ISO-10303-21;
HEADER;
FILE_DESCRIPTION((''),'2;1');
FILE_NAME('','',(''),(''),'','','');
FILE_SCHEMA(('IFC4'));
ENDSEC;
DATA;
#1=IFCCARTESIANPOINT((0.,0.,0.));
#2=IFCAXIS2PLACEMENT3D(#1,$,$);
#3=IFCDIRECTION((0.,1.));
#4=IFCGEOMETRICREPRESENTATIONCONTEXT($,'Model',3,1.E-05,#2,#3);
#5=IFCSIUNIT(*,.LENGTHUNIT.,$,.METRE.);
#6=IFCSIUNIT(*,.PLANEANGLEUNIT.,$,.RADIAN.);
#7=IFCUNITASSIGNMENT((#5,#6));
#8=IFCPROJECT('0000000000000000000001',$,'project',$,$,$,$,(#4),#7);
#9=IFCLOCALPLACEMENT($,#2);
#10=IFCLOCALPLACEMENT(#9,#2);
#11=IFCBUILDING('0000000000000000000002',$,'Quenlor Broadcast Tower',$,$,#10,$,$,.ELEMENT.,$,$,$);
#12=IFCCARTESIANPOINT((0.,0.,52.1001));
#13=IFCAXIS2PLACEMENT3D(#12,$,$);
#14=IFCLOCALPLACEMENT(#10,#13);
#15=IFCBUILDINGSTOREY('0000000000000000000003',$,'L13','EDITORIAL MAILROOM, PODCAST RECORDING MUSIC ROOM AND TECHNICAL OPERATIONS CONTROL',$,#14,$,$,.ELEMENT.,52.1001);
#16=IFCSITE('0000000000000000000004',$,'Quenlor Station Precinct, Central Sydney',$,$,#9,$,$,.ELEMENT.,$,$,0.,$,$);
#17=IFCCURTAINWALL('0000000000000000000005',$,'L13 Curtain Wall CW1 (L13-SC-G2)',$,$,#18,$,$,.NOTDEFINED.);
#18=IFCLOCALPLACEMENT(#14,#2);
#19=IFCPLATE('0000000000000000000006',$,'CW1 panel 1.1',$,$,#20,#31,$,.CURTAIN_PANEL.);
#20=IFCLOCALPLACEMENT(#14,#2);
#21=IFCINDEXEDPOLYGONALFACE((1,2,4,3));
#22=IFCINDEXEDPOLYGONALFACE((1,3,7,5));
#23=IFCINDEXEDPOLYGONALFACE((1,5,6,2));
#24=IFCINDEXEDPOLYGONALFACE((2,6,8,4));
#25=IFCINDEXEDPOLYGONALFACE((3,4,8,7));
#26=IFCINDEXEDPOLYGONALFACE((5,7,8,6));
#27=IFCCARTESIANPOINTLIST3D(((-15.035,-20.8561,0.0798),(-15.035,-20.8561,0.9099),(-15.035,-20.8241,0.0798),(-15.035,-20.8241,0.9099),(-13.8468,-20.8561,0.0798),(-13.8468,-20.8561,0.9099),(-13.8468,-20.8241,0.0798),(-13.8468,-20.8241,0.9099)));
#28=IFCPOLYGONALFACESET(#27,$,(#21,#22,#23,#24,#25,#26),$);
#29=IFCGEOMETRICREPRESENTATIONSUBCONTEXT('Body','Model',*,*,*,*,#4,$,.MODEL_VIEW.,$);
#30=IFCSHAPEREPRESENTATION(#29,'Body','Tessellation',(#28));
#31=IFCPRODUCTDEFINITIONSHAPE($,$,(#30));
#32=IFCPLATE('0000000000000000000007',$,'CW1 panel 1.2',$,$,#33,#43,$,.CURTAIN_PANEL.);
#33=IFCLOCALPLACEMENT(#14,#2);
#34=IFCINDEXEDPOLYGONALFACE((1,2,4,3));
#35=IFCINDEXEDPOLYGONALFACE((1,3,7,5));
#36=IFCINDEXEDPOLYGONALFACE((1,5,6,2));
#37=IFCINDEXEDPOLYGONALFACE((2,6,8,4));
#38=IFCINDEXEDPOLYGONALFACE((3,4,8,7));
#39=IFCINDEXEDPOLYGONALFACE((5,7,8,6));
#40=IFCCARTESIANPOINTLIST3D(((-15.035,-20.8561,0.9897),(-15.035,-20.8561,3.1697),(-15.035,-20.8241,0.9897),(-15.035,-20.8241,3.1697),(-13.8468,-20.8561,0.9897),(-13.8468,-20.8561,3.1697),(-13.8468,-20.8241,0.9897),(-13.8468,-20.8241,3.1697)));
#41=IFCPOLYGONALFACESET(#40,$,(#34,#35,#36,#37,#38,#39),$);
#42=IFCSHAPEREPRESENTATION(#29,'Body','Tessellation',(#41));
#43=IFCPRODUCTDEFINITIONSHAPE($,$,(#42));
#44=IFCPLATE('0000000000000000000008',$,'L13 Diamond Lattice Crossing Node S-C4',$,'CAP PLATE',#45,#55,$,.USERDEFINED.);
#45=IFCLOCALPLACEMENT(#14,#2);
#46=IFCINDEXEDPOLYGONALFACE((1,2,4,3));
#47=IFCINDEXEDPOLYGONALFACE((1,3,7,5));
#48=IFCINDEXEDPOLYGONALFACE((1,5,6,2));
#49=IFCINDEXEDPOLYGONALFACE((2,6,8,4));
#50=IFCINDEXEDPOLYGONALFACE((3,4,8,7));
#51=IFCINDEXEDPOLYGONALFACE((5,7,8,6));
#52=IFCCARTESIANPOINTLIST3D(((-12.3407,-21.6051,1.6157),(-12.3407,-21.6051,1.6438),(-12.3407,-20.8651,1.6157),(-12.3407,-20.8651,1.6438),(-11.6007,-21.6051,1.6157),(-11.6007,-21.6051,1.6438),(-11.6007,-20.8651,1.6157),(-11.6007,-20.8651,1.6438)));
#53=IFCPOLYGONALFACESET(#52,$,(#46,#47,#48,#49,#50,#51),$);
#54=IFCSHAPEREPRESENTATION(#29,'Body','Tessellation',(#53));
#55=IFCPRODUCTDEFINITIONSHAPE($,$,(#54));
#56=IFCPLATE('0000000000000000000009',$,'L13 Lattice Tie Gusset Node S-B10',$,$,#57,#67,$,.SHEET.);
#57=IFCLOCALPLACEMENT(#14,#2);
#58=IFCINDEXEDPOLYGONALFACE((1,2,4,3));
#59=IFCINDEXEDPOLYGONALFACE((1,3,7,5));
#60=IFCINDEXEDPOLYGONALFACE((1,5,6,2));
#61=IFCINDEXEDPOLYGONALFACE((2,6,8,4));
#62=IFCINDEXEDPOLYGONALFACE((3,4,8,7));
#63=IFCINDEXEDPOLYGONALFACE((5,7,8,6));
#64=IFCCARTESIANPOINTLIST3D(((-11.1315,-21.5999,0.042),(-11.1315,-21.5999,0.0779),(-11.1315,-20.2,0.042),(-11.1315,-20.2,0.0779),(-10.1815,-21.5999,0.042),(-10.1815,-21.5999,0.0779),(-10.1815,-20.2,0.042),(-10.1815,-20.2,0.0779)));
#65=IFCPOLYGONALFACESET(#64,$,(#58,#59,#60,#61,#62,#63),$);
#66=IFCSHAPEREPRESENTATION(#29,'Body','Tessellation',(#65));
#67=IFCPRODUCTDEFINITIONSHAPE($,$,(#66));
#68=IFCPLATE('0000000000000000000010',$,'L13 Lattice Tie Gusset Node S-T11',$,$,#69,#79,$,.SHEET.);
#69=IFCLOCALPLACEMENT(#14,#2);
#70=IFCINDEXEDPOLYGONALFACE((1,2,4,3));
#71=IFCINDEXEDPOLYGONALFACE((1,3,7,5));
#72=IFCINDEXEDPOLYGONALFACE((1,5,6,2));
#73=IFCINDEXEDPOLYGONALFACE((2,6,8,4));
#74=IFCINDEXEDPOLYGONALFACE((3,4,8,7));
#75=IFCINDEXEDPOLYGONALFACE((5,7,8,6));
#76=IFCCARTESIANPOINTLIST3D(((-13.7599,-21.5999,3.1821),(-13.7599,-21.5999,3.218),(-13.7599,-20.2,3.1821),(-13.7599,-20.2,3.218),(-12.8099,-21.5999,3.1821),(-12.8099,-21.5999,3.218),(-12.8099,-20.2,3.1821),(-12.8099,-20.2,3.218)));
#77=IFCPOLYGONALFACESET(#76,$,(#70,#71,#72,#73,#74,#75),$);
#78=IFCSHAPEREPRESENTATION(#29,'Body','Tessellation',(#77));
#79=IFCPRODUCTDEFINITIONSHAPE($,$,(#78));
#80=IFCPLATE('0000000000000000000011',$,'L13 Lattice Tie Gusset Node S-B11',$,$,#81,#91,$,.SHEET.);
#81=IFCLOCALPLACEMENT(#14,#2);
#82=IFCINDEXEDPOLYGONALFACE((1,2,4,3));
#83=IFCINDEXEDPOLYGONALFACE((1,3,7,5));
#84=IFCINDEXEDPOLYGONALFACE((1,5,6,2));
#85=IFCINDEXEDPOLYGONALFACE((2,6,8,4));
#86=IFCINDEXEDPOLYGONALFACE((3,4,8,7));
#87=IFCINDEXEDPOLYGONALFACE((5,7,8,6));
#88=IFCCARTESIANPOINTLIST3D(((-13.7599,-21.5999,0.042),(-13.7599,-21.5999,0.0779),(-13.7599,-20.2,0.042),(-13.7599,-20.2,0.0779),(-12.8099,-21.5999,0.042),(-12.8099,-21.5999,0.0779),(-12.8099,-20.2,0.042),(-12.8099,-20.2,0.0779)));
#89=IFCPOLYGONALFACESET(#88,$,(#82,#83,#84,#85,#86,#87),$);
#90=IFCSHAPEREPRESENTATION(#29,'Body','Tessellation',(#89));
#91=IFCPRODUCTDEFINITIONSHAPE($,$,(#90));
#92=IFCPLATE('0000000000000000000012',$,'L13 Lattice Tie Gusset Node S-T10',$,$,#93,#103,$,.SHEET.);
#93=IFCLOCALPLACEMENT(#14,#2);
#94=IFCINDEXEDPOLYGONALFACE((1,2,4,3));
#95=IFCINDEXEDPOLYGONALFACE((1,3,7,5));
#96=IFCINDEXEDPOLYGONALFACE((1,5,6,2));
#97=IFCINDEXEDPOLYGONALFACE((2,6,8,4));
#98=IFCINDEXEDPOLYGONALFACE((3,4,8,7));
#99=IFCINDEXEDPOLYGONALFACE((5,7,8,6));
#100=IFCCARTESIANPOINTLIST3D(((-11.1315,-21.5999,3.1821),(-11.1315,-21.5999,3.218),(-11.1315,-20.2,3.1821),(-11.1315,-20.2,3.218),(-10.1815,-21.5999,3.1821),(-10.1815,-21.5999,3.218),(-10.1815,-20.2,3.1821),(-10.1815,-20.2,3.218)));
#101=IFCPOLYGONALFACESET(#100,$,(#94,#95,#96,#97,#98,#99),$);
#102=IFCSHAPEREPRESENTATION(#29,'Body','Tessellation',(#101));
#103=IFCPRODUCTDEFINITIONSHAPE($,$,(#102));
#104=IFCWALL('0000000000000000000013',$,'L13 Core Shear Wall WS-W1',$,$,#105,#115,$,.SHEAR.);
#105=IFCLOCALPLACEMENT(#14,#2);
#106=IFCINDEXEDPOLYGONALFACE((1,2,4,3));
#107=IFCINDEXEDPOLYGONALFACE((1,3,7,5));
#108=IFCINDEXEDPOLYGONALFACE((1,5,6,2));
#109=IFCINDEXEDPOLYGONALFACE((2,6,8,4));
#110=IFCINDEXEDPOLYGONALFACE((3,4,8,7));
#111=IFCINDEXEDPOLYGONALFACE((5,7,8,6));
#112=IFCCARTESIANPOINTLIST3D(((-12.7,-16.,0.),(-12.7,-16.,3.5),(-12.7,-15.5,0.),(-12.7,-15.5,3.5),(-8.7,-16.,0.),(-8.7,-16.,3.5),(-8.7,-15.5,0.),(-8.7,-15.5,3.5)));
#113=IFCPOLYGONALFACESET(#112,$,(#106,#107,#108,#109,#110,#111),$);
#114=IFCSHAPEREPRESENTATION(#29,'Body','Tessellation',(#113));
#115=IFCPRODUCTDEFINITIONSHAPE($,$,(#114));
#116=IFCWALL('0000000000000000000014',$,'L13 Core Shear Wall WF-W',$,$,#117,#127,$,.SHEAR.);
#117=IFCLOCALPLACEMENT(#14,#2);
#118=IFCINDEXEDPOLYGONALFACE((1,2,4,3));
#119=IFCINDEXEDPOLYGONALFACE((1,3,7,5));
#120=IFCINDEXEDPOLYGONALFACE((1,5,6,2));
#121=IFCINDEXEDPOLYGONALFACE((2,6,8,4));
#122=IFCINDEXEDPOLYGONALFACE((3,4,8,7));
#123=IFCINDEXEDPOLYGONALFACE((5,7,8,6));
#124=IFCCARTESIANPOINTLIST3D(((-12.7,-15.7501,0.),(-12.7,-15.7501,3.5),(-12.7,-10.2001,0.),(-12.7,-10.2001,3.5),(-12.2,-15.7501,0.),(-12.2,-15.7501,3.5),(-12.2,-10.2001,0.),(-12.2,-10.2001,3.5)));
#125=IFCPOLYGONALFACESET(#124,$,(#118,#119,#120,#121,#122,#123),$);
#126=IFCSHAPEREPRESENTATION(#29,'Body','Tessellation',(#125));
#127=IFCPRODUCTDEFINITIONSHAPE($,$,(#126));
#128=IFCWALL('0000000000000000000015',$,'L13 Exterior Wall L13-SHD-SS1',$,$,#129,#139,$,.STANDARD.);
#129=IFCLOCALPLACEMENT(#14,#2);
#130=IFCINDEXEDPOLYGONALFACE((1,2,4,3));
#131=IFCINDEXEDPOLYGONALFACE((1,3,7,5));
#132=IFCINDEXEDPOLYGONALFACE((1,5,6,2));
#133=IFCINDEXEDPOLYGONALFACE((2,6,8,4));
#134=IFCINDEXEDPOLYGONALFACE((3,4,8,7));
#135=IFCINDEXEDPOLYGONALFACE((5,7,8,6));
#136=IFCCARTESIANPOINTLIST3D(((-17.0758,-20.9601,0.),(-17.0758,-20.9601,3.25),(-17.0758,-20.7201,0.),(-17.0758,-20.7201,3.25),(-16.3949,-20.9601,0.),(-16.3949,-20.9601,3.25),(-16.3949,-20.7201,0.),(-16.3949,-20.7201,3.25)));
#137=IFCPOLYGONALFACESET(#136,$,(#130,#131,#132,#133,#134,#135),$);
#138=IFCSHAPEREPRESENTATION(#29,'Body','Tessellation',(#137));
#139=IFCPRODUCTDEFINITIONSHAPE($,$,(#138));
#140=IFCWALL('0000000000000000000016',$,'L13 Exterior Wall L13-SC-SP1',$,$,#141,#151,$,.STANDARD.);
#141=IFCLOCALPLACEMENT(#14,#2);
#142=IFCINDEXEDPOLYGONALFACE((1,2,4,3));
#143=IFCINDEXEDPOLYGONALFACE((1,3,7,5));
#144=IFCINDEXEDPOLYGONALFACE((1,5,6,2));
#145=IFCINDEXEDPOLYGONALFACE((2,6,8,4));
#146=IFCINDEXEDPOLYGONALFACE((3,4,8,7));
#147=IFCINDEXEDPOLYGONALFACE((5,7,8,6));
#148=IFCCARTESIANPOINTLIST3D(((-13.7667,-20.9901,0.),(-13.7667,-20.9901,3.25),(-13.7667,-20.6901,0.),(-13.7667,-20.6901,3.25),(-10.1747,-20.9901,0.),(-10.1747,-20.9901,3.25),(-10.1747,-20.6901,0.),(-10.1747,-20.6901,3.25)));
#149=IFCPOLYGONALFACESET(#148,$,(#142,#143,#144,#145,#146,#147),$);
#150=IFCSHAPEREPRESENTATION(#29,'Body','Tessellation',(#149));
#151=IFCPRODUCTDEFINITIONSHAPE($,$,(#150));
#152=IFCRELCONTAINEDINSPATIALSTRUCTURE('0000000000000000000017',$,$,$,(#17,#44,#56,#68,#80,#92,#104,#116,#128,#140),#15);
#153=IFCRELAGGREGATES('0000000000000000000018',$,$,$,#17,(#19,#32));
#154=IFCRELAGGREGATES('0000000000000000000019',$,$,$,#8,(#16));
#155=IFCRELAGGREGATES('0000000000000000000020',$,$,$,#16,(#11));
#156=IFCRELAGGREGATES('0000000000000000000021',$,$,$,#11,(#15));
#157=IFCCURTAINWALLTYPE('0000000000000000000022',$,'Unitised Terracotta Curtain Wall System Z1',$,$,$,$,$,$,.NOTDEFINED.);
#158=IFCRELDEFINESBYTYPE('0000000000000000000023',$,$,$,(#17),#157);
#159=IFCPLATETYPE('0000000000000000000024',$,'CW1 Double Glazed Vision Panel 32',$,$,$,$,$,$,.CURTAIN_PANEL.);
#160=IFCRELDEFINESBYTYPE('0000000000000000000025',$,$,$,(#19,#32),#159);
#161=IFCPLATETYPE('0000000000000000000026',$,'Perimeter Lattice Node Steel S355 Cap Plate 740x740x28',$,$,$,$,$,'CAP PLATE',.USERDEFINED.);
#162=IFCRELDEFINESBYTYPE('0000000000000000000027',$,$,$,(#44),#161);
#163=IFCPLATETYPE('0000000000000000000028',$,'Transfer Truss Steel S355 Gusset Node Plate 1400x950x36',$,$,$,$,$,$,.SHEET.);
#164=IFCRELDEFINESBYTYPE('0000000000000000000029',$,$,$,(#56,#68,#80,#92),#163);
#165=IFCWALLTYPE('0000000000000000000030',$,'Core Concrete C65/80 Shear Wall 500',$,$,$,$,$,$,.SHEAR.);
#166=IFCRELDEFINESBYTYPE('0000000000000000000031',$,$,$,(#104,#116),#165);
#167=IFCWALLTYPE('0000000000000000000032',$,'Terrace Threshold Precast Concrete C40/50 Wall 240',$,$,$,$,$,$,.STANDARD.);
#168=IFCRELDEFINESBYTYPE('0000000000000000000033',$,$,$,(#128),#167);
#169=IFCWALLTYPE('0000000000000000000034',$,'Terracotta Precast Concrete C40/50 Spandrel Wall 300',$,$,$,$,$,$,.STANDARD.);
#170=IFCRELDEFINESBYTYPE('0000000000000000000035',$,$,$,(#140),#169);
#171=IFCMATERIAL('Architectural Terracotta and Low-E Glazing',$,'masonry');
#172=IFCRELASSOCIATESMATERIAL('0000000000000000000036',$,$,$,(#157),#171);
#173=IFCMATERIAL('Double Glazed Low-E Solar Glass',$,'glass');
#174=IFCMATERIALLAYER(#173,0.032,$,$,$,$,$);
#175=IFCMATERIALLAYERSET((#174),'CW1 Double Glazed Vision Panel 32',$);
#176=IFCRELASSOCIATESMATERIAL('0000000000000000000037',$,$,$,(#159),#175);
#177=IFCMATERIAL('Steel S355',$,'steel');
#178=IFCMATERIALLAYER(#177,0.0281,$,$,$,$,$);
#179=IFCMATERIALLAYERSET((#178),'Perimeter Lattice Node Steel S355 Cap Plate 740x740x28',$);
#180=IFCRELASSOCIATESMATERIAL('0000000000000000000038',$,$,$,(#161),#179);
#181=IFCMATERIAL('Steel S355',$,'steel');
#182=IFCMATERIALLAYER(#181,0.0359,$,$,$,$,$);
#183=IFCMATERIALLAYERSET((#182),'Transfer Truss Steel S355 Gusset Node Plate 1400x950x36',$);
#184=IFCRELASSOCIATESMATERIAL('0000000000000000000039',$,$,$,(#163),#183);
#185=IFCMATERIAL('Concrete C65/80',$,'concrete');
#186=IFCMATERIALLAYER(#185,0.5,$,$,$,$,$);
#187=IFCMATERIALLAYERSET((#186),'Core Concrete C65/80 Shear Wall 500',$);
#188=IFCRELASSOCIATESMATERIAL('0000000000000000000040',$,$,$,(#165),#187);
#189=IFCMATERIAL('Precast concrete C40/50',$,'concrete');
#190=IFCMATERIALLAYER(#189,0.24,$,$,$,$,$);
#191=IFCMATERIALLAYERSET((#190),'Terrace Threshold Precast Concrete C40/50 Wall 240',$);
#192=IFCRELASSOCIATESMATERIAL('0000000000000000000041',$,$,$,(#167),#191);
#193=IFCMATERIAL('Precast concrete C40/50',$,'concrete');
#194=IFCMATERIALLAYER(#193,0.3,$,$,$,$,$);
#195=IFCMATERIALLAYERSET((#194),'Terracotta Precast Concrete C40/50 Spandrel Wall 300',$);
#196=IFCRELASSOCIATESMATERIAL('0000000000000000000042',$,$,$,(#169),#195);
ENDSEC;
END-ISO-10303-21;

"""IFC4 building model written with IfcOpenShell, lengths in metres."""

from ifc_helpers import new_model, si_unit, direction, frame, frame_2d, origin, origin_2d, place, context, subcontext, project, spatial, rectangle, extrude, material, layer, layer_set, type_object, element, aggregate, save


model = new_model("IFC4")

# Units and contexts
model_context = context("Model", 3, precision=1e-05, world=origin(), true_north=direction((0.0, 1.0)))
body_context = subcontext(model_context, "Body", "Model", "MODEL_VIEW")
ifc_project = project(units=[si_unit("LENGTHUNIT", "METRE"), si_unit("PLANEANGLEUNIT", "RADIAN")], contexts=[model_context])

# Site, building, storey
site_placement = place(None, origin())
site = spatial("IfcSite", under=ifc_project, at=site_placement, Name="Quenlor Station Precinct, Central Sydney", CompositionType="ELEMENT", RefElevation=0.0)
building_placement = place(site_placement, origin())
building = spatial("IfcBuilding", under=site, at=building_placement, Name="Quenlor Broadcast Tower", CompositionType="ELEMENT")
storey_placement = place(building_placement, frame((0.0, 0.0, 52.1001)))
storey = spatial("IfcBuildingStorey", under=building, at=storey_placement, Name="L13", Description="EDITORIAL MAILROOM, PODCAST RECORDING MUSIC ROOM AND TECHNICAL OPERATIONS CONTROL", CompositionType="ELEMENT", Elevation=52.1001)

# Curtain wall
ifc_material_1 = material(Name="Architectural Terracotta and Low-E Glazing", Category="masonry")
curtain_wall_type = type_object("IfcCurtainWallType", Name="Unitised Terracotta Curtain Wall System Z1", PredefinedType="NOTDEFINED", material=ifc_material_1)
curtain_wall_placement = place(storey_placement, origin())
curtain_wall = element("IfcCurtainWall", 1, at=curtain_wall_placement, inside=storey, type_object=curtain_wall_type, Name="L13 Curtain Wall CW1 (L13-SC-G2)", PredefinedType="NOTDEFINED")

# Plates
ifc_material_2 = material(Name="Double Glazed Low-E Solar Glass", Category="glass")
ifc_layer_1 = layer(ifc_material_2, 0.032)
ifc_layer_set_1 = layer_set([ifc_layer_1], Name="CW1 Double Glazed Vision Panel 32")
plate_type_1 = type_object("IfcPlateType", Name="CW1 Double Glazed Vision Panel 32", PredefinedType="CURTAIN_PANEL", material=ifc_layer_set_1)
plate_1_placement = place(storey_placement, frame((-14.4409, -20.8401, 0.0798), z_axis=(0.0, 0.0, 1.0), x_axis=(-1.0, 0.0, 0.0)))
plate_1 = element("IfcPlate", 2, at=plate_1_placement, type_object=plate_type_1, Name="CW1 panel 1.1", PredefinedType="CURTAIN_PANEL", context=body_context, shape_type="SweptSolid", body=[
    extrude(rectangle(XDim=1.1882, YDim=0.032, at=origin_2d()), origin(), (0.0, 0.0, 1.0), 0.8301),
])
plate_2_placement = place(storey_placement, frame((-14.4409, -20.8401, 0.9897), z_axis=(0.0, 0.0, 1.0), x_axis=(-1.0, 0.0, 0.0)))
plate_2 = element("IfcPlate", 3, at=plate_2_placement, type_object=plate_type_1, Name="CW1 panel 1.2", PredefinedType="CURTAIN_PANEL", context=body_context, shape_type="SweptSolid", body=[
    extrude(rectangle(XDim=1.1882, YDim=0.032, at=origin_2d()), origin(), (0.0, 0.0, 1.0), 2.1799),
])
aggregate(curtain_wall, [plate_1, plate_2])

# Plates
ifc_material_3 = material(Name="Steel S355", Category="steel")
ifc_layer_2 = layer(ifc_material_3, 0.0281)
ifc_layer_set_2 = layer_set([ifc_layer_2], Name="Perimeter Lattice Node Steel S355 Cap Plate 740x740x28")
plate_type_2 = type_object("IfcPlateType", Name="Perimeter Lattice Node Steel S355 Cap Plate 740x740x28", ElementType="CAP PLATE", PredefinedType="USERDEFINED", material=ifc_layer_set_2)
plate_3_placement = place(storey_placement, frame((-11.9707, -21.2351, 1.6157), z_axis=(0.0, 0.0, 1.0), x_axis=(-1.0, 0.0, 0.0)))
element("IfcPlate", 4, at=plate_3_placement, inside=storey, type_object=plate_type_2, Name="L13 Diamond Lattice Crossing Node S-C4", ObjectType="CAP PLATE", PredefinedType="USERDEFINED", context=body_context, shape_type="SweptSolid", body=[
    extrude(rectangle(XDim=0.74, YDim=0.74, at=origin_2d()), origin(), (0.0, 0.0, 1.0), 0.0281),
])
ifc_material_4 = material(Name="Steel S355", Category="steel")
ifc_layer_3 = layer(ifc_material_4, 0.0359)
ifc_layer_set_3 = layer_set([ifc_layer_3], Name="Transfer Truss Steel S355 Gusset Node Plate 1400x950x36")
plate_type_3 = type_object("IfcPlateType", Name="Transfer Truss Steel S355 Gusset Node Plate 1400x950x36", PredefinedType="SHEET", material=ifc_layer_set_3)
for number, where, z_axis, x_axis, name in (
    (5, (-10.6565, -20.8999, 0.042), (0.0, 0.0, 1.0), (0.0, -1.0, 0.0), "L13 Lattice Tie Gusset Node S-B10"),
    (6, (-13.2849, -20.8999, 3.1821), (0.0, 0.0, 1.0), (0.0, -1.0, 0.0), "L13 Lattice Tie Gusset Node S-T11"),
    (7, (-13.2849, -20.8999, 0.042), (0.0, 0.0, 1.0), (0.0, -1.0, 0.0), "L13 Lattice Tie Gusset Node S-B11"),
    (8, (-10.6565, -20.8999, 3.1821), (0.0, 0.0, 1.0), (0.0, -1.0, 0.0), "L13 Lattice Tie Gusset Node S-T10"),
):
    element("IfcPlate", number, at=place(storey_placement, frame(where, z_axis=z_axis, x_axis=x_axis)), inside=storey, type_object=plate_type_3, Name=name, PredefinedType="SHEET", context=body_context, shape_type="SweptSolid", body=[
        extrude(rectangle(XDim=1.3999, YDim=0.95, at=origin_2d()), origin(), (0.0, 0.0, 1.0), 0.0359),
    ])

# Walls
ifc_material_5 = material(Name="Concrete C65/80", Category="concrete")
ifc_layer_4 = layer(ifc_material_5, 0.5)
ifc_layer_set_4 = layer_set([ifc_layer_4], Name="Core Concrete C65/80 Shear Wall 500")
wall_type_1 = type_object("IfcWallType", Name="Core Concrete C65/80 Shear Wall 500", PredefinedType="SHEAR", material=ifc_layer_set_4)
wall_1_placement = place(storey_placement, frame((-12.7, -15.75, 0.0), z_axis=(0.0, 0.0, 1.0), x_axis=(1.0, 0.0, 0.0)))
element("IfcWall", 9, at=wall_1_placement, inside=storey, type_object=wall_type_1, Name="L13 Core Shear Wall WS-W1", PredefinedType="SHEAR", context=body_context, shape_type="SweptSolid", body=[
    extrude(rectangle(XDim=4.0, YDim=0.5, at=frame_2d((2.0, 0.0))), origin(), (0.0, 0.0, 1.0), 3.5),
])
wall_2_placement = place(storey_placement, frame((-12.45, -15.75, 0.0), z_axis=(0.0, 0.0, 1.0), x_axis=(0.0, 1.0, 0.0)))
element("IfcWall", 10, at=wall_2_placement, inside=storey, type_object=wall_type_1, Name="L13 Core Shear Wall WF-W", PredefinedType="SHEAR", context=body_context, shape_type="SweptSolid", body=[
    extrude(rectangle(XDim=5.55, YDim=0.5, at=frame_2d((2.7749, 0.0))), origin(), (0.0, 0.0, 1.0), 3.5),
])
ifc_material_6 = material(Name="Precast concrete C40/50", Category="concrete")
ifc_layer_5 = layer(ifc_material_6, 0.24)
ifc_layer_set_5 = layer_set([ifc_layer_5], Name="Terrace Threshold Precast Concrete C40/50 Wall 240")
wall_type_2 = type_object("IfcWallType", Name="Terrace Threshold Precast Concrete C40/50 Wall 240", PredefinedType="STANDARD", material=ifc_layer_set_5)
wall_3_placement = place(storey_placement, frame((-16.395, -20.8401, 0.0), z_axis=(0.0, 0.0, 1.0), x_axis=(-1.0, 0.0, 0.0)))
element("IfcWall", 11, at=wall_3_placement, inside=storey, type_object=wall_type_2, Name="L13 Exterior Wall L13-SHD-SS1", PredefinedType="STANDARD", context=body_context, shape_type="SweptSolid", body=[
    extrude(rectangle(XDim=0.6809, YDim=0.24, at=frame_2d((0.3403, 0.0))), origin(), (0.0, 0.0, 1.0), 3.25),
])
ifc_material_7 = material(Name="Precast concrete C40/50", Category="concrete")
ifc_layer_6 = layer(ifc_material_7, 0.3)
ifc_layer_set_6 = layer_set([ifc_layer_6], Name="Terracotta Precast Concrete C40/50 Spandrel Wall 300")
wall_type_3 = type_object("IfcWallType", Name="Terracotta Precast Concrete C40/50 Spandrel Wall 300", PredefinedType="STANDARD", material=ifc_layer_set_6)
wall_4_placement = place(storey_placement, frame((-10.1748, -20.8401, 0.0), z_axis=(0.0, 0.0, 1.0), x_axis=(-1.0, 0.0, 0.0)))
element("IfcWall", 12, at=wall_4_placement, inside=storey, type_object=wall_type_3, Name="L13 Exterior Wall L13-SC-SP1", PredefinedType="STANDARD", context=body_context, shape_type="SweptSolid", body=[
    extrude(rectangle(XDim=3.592, YDim=0.3, at=frame_2d((1.7959, 0.0))), origin(), (0.0, 0.0, 1.0), 3.25),
])

save(model, "model.ifc")
